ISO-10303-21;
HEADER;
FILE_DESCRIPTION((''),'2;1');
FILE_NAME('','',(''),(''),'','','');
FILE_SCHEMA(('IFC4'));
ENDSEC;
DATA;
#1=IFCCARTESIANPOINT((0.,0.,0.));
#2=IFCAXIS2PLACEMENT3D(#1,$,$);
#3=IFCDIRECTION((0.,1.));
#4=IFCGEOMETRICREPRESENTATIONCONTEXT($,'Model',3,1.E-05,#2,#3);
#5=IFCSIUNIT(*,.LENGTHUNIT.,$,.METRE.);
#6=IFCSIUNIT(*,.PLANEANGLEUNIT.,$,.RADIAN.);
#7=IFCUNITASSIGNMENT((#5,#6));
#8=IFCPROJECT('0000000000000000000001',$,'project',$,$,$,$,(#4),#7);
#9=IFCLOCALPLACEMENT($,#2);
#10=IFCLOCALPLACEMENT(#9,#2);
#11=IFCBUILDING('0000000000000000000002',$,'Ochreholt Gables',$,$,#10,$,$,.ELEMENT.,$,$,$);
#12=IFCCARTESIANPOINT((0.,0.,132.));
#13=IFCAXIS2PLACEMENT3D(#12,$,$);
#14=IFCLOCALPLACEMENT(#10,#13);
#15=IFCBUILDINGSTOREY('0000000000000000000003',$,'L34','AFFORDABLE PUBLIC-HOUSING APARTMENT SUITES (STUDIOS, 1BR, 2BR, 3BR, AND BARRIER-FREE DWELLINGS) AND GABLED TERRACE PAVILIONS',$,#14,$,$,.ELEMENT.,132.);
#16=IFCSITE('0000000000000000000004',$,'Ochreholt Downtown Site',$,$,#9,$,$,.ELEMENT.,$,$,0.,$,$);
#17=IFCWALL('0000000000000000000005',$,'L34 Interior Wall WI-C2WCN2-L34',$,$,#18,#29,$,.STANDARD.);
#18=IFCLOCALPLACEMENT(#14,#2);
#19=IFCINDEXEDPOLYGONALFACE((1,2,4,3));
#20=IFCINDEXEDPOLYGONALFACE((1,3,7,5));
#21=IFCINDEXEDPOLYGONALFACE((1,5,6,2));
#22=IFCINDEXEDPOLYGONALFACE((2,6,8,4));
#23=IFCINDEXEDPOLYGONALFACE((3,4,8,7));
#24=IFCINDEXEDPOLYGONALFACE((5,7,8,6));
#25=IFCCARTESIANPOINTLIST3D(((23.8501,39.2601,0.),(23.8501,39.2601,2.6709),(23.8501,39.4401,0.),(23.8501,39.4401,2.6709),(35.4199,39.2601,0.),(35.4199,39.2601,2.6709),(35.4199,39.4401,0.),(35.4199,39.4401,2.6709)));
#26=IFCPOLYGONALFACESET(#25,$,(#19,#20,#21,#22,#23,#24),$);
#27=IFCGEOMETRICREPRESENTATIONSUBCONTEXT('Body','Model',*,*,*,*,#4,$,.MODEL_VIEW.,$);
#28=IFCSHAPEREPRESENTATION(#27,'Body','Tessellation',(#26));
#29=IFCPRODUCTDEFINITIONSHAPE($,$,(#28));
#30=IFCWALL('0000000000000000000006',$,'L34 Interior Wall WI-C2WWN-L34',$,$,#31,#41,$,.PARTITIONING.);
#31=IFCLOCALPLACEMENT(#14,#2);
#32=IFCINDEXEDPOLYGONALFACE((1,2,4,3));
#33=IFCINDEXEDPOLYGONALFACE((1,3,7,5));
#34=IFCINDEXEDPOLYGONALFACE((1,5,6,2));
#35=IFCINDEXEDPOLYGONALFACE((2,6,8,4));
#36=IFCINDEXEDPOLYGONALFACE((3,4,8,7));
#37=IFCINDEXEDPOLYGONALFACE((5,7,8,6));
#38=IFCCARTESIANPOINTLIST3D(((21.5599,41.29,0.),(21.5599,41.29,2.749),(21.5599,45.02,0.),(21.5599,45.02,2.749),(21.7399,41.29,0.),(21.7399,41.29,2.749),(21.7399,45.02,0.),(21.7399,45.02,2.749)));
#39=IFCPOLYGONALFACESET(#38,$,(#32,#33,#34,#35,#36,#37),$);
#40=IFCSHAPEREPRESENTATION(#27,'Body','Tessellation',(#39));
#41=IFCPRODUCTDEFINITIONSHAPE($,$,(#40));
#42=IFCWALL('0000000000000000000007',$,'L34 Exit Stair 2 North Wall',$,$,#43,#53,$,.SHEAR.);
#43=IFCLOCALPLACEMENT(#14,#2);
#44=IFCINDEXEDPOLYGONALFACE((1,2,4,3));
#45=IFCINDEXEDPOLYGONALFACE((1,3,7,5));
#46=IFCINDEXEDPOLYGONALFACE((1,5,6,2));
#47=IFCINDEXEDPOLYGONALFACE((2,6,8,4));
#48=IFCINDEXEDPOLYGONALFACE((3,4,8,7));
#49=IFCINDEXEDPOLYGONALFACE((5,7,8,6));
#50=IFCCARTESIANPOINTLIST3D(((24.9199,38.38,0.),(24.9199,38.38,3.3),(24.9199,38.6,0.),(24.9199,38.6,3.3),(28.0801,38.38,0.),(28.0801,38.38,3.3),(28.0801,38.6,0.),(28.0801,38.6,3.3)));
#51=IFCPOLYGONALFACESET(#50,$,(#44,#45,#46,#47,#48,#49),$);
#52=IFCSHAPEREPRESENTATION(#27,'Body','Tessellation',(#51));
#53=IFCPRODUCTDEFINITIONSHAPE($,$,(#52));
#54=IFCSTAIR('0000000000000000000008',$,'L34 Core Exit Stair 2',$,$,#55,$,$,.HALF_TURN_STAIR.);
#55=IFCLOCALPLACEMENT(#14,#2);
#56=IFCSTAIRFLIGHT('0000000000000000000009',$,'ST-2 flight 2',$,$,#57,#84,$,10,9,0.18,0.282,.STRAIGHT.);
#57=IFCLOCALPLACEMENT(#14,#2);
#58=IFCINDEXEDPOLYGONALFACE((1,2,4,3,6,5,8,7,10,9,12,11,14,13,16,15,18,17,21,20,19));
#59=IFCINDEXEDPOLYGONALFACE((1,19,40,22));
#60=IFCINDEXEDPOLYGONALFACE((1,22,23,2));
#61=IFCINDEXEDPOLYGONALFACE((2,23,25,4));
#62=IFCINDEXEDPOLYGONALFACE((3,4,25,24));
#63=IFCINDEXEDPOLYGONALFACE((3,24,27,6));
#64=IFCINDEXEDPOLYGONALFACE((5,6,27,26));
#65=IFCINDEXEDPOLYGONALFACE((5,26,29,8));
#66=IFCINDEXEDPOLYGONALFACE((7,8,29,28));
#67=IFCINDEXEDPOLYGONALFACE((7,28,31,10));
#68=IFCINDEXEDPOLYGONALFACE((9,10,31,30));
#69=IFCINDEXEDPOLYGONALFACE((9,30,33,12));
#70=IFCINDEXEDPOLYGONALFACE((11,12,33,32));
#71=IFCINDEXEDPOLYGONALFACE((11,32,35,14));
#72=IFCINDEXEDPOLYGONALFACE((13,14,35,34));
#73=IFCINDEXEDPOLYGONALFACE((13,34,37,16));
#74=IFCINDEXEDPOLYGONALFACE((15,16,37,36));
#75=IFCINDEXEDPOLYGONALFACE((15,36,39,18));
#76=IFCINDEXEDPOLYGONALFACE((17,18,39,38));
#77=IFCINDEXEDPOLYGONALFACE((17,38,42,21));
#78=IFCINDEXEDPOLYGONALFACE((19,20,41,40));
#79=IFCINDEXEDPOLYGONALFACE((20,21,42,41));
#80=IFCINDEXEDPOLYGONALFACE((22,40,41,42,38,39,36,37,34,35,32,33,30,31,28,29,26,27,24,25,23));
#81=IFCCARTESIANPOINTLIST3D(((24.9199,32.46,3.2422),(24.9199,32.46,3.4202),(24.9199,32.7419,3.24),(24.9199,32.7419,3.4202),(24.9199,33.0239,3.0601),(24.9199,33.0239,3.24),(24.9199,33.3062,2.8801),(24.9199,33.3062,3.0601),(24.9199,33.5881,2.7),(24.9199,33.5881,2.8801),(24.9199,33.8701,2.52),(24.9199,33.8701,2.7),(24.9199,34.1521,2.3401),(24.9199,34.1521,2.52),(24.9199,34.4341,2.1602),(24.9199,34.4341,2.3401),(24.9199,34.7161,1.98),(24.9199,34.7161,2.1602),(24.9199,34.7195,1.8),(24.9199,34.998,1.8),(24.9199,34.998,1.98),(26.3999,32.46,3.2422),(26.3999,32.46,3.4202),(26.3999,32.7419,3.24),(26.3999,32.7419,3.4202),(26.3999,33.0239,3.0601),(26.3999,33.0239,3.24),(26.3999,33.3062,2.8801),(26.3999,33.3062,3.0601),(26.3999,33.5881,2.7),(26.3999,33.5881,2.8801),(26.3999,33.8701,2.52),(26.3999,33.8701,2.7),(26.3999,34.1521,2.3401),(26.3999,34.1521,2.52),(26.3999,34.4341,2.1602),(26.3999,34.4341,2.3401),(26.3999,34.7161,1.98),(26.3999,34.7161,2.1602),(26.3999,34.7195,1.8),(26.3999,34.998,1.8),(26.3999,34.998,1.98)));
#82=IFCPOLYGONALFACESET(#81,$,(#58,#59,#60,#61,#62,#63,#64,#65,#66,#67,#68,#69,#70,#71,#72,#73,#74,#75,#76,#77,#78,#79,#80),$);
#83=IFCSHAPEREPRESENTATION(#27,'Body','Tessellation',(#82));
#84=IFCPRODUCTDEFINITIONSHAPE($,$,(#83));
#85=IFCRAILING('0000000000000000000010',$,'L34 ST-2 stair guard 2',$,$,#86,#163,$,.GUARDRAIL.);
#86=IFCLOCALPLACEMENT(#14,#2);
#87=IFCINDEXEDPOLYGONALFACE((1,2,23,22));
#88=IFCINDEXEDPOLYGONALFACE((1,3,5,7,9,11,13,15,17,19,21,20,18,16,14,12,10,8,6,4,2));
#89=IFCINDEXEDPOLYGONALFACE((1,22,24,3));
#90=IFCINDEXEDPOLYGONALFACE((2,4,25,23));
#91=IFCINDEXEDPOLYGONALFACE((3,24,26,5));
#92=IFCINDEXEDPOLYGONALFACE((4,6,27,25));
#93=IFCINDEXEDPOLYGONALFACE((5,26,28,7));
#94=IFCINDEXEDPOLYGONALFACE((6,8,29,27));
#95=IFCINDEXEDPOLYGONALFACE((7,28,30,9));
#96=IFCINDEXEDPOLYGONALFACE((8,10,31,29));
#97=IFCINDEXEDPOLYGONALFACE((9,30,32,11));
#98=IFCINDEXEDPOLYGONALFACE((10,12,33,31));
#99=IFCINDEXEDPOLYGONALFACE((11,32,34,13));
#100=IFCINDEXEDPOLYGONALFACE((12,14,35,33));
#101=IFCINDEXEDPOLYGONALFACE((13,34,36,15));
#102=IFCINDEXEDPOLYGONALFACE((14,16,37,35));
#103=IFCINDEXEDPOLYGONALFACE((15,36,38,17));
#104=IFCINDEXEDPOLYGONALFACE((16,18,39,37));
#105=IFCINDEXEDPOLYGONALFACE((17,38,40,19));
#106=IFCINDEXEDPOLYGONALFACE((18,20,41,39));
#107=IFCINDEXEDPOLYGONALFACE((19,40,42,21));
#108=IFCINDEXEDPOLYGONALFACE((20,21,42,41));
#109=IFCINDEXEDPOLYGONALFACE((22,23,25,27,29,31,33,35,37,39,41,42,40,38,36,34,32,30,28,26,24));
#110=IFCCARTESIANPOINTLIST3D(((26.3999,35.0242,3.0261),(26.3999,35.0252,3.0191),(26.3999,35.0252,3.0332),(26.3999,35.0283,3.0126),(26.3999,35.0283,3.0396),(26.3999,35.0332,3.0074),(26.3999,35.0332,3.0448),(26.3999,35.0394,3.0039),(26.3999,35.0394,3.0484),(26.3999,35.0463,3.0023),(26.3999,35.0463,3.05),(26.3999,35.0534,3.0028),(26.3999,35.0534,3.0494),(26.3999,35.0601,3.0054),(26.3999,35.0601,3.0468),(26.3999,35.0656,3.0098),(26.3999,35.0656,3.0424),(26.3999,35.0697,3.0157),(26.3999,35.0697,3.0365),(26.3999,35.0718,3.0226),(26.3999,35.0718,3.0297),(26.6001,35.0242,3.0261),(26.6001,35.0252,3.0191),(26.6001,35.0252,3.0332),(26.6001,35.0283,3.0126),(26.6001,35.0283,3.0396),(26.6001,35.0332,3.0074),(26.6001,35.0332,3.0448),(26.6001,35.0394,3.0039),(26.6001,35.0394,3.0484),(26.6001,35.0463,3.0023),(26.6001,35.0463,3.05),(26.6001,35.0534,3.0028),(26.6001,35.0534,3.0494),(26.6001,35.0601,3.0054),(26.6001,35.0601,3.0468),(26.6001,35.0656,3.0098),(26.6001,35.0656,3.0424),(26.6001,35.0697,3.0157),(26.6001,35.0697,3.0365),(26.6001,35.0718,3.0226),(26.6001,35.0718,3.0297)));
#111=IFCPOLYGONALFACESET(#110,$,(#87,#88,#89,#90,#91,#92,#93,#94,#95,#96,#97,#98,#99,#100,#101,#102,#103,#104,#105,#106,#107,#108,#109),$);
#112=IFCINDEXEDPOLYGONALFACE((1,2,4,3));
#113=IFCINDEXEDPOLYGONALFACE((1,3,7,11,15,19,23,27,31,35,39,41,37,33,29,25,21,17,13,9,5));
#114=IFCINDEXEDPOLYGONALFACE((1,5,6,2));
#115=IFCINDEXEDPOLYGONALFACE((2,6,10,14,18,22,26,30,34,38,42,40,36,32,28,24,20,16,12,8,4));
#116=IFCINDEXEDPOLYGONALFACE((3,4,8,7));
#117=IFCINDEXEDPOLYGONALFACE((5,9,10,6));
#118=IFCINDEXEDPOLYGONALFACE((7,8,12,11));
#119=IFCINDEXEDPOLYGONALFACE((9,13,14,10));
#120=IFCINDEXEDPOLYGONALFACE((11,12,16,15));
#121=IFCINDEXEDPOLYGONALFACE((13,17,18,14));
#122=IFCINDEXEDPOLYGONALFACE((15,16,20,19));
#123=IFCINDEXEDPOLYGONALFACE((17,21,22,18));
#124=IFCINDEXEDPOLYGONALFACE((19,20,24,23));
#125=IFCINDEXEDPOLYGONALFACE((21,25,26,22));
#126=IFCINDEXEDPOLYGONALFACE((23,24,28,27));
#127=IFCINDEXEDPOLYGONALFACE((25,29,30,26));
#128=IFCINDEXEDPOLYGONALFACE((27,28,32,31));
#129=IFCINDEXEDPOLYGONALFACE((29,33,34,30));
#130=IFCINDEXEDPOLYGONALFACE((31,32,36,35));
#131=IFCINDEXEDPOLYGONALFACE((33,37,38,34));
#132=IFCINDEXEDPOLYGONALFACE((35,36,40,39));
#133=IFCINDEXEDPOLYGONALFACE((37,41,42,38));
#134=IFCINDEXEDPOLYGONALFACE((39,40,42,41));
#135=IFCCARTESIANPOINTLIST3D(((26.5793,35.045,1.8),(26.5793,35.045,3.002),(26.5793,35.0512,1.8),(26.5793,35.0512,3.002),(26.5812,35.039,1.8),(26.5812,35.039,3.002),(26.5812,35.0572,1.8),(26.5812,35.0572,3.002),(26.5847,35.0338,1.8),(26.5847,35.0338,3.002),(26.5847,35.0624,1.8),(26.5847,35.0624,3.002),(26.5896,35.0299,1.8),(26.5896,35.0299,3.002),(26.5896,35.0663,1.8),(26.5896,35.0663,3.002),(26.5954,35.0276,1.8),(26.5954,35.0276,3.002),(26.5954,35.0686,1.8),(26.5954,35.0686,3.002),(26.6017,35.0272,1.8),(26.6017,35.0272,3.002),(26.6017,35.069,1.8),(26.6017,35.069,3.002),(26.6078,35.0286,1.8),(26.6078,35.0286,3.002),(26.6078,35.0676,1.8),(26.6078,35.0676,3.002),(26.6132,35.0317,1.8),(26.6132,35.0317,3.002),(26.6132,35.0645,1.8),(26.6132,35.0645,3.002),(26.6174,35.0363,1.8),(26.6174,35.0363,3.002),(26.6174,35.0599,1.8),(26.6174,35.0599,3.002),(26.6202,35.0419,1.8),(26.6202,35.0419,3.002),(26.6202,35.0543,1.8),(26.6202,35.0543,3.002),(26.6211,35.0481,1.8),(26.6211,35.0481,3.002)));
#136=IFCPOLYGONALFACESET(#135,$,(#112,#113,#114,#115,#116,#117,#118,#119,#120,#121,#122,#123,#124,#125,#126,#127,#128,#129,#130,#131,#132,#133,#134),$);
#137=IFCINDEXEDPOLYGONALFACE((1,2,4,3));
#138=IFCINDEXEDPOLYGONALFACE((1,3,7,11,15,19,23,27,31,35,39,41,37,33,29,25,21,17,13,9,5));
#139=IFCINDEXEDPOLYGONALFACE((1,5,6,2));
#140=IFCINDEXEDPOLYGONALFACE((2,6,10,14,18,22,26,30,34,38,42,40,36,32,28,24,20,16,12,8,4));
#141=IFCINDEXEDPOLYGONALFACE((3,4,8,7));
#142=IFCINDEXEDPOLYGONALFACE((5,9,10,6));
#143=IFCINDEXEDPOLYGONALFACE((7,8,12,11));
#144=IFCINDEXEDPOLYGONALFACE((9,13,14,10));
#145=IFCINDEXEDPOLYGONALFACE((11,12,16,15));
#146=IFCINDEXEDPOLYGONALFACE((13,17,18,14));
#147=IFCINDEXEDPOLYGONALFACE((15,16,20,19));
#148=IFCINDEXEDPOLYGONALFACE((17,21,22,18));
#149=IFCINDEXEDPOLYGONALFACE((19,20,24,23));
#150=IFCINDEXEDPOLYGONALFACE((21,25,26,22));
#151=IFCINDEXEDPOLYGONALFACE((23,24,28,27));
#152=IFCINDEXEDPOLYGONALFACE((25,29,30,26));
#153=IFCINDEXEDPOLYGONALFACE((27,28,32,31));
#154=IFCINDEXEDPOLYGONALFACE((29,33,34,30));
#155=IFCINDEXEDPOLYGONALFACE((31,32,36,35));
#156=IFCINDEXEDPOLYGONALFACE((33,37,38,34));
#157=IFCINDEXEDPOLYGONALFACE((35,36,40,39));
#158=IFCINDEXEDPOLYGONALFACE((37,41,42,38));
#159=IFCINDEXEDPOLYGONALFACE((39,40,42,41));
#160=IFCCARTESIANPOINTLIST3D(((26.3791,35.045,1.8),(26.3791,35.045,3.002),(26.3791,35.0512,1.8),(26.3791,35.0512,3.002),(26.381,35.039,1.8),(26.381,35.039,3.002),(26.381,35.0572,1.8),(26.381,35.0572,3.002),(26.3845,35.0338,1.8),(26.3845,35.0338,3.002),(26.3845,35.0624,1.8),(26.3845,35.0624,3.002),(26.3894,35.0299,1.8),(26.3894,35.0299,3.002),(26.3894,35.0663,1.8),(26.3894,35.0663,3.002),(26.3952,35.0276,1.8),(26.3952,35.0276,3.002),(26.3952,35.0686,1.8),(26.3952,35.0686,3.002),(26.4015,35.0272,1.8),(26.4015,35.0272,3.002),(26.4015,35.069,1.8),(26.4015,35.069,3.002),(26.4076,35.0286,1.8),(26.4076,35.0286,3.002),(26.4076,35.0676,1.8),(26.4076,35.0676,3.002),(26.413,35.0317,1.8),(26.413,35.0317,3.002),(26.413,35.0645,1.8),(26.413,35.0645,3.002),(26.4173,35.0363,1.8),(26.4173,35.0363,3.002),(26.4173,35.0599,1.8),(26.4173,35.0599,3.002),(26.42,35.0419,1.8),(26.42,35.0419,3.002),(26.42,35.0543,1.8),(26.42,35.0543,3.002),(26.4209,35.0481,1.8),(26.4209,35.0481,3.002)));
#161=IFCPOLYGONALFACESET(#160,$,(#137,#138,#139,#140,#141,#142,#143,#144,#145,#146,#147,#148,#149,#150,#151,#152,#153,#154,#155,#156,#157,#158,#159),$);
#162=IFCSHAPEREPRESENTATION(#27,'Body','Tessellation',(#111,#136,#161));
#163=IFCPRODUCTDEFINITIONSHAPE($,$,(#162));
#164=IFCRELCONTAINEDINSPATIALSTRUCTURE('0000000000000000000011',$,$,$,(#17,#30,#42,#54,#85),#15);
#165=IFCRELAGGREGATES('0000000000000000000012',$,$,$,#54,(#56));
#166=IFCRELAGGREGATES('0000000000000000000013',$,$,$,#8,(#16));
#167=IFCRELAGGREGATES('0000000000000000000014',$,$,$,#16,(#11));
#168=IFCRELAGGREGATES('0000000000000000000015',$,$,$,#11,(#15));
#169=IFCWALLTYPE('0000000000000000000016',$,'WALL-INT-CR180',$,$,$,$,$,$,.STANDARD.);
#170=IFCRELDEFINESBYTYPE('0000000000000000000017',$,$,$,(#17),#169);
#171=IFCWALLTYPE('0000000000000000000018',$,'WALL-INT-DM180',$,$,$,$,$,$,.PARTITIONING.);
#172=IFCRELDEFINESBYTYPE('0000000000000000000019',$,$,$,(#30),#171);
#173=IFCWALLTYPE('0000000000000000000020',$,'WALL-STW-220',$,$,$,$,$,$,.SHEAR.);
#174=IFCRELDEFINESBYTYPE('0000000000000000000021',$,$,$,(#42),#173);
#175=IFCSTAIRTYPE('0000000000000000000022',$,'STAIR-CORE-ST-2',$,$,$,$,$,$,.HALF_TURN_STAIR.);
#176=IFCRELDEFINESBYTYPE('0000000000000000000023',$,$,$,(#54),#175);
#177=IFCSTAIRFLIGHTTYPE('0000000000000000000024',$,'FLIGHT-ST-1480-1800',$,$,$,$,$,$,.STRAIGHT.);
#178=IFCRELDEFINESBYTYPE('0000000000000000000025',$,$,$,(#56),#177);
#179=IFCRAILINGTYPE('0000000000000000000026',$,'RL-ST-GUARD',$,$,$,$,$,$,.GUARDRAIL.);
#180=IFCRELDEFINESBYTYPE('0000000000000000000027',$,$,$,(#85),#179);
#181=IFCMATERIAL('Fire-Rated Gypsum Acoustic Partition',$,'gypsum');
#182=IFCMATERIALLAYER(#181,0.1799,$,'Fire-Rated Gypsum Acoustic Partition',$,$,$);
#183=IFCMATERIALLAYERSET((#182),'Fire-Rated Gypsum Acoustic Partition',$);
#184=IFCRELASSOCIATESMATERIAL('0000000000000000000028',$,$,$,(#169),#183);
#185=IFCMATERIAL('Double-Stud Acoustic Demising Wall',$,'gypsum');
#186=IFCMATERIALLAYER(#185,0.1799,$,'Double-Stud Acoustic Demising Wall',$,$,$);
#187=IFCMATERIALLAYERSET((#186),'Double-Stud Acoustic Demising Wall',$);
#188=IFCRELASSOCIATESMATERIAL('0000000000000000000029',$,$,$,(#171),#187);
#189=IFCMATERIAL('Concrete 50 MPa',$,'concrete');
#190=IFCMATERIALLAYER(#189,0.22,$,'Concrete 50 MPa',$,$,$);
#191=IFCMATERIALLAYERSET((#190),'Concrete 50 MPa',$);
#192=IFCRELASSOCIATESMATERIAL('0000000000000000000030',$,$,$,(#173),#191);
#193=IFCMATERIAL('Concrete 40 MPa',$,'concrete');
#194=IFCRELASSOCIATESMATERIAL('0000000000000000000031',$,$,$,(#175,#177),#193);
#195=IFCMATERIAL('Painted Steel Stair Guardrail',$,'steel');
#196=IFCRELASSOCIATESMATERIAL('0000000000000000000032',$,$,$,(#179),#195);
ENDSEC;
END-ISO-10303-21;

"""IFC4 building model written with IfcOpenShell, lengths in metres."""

from ifc_helpers import new_model, si_unit, direction, frame, frame_2d, origin, origin_2d, place, context, subcontext, project, spatial, polyline, rectangle, circle, outline, extrude, material, layer, layer_set, type_object, element, aggregate, save


model = new_model("IFC4")

# Units and contexts
model_context = context("Model", 3, precision=1e-05, world=origin(), true_north=direction((0.0, 1.0)))
body_context = subcontext(model_context, "Body", "Model", "MODEL_VIEW")
ifc_project = project(units=[si_unit("LENGTHUNIT", "METRE"), si_unit("PLANEANGLEUNIT", "RADIAN")], contexts=[model_context])

# Site, building, storey
site_placement = place(None, origin())
site = spatial("IfcSite", under=ifc_project, at=site_placement, Name="Ochreholt Downtown Site", CompositionType="ELEMENT", RefElevation=0.0)
building_placement = place(site_placement, origin())
building = spatial("IfcBuilding", under=site, at=building_placement, Name="Ochreholt Gables", CompositionType="ELEMENT")
storey_placement = place(building_placement, frame((0.0, 0.0, 132.0)))
storey = spatial("IfcBuildingStorey", under=building, at=storey_placement, Name="L34", Description="AFFORDABLE PUBLIC-HOUSING APARTMENT SUITES (STUDIOS, 1BR, 2BR, 3BR, AND BARRIER-FREE DWELLINGS) AND GABLED TERRACE PAVILIONS", CompositionType="ELEMENT", Elevation=132.0)

# Shared definitions
ifc_material_1 = material(Name="Fire-Rated Gypsum Acoustic Partition", Category="gypsum")
ifc_layer_1 = layer(ifc_material_1, 0.1799, Name="Fire-Rated Gypsum Acoustic Partition")
ifc_layer_set_1 = layer_set([ifc_layer_1], Name="Fire-Rated Gypsum Acoustic Partition")
wall_type_1 = type_object("IfcWallType", Name="WALL-INT-CR180", PredefinedType="STANDARD", material=ifc_layer_set_1)

# Walls
wall_1_placement = place(storey_placement, frame((23.8501, 39.3501, 0.0), z_axis=(0.0, 0.0, 1.0), x_axis=(1.0, 0.0, 0.0)))
element("IfcWall", 1, at=wall_1_placement, inside=storey, type_object=wall_type_1, Name="L34 Interior Wall WI-C2WCN2-L34", PredefinedType="STANDARD", context=body_context, shape_type="SweptSolid", body=[
    extrude(rectangle(XDim=11.5698, YDim=0.1799, at=frame_2d((5.7849, 0.0))), origin(), (0.0, 0.0, 1.0), 2.6709),
])
ifc_material_2 = material(Name="Double-Stud Acoustic Demising Wall", Category="gypsum")
ifc_layer_2 = layer(ifc_material_2, 0.1799, Name="Double-Stud Acoustic Demising Wall")
ifc_layer_set_2 = layer_set([ifc_layer_2], Name="Double-Stud Acoustic Demising Wall")
wall_type_2 = type_object("IfcWallType", Name="WALL-INT-DM180", PredefinedType="PARTITIONING", material=ifc_layer_set_2)
wall_2_placement = place(storey_placement, frame((21.6499, 41.29, 0.0), z_axis=(0.0, 0.0, 1.0), x_axis=(0.0, 1.0, 0.0)))
element("IfcWall", 2, at=wall_2_placement, inside=storey, type_object=wall_type_2, Name="L34 Interior Wall WI-C2WWN-L34", PredefinedType="PARTITIONING", context=body_context, shape_type="SweptSolid", body=[
    extrude(rectangle(XDim=3.73, YDim=0.1799, at=frame_2d((1.865, 0.0))), origin(), (0.0, 0.0, 1.0), 2.749),
])
ifc_material_3 = material(Name="Concrete 50 MPa", Category="concrete")
ifc_layer_3 = layer(ifc_material_3, 0.22, Name="Concrete 50 MPa")
ifc_layer_set_3 = layer_set([ifc_layer_3], Name="Concrete 50 MPa")
wall_type_3 = type_object("IfcWallType", Name="WALL-STW-220", PredefinedType="SHEAR", material=ifc_layer_set_3)
wall_3_placement = place(storey_placement, frame((24.9199, 38.49, 0.0), z_axis=(0.0, 0.0, 1.0), x_axis=(1.0, 0.0, 0.0)))
element("IfcWall", 3, at=wall_3_placement, inside=storey, type_object=wall_type_3, Name="L34 Exit Stair 2 North Wall", PredefinedType="SHEAR", context=body_context, shape_type="SweptSolid", body=[
    extrude(rectangle(XDim=3.1602, YDim=0.22, at=frame_2d((1.5801, 0.0))), origin(), (0.0, 0.0, 1.0), 3.3),
])

# Stair, stair flight
ifc_material_4 = material(Name="Concrete 40 MPa", Category="concrete")
stair_type = type_object("IfcStairType", Name="STAIR-CORE-ST-2", PredefinedType="HALF_TURN_STAIR", material=ifc_material_4)
stair_placement = place(storey_placement, origin())
stair = element("IfcStair", 4, at=stair_placement, inside=storey, type_object=stair_type, Name="L34 Core Exit Stair 2", PredefinedType="HALF_TURN_STAIR")
stair_flight_type = type_object("IfcStairFlightType", Name="FLIGHT-ST-1480-1800", PredefinedType="STRAIGHT", material=ifc_material_4)
stair_flight_placement = place(storey_placement, frame((25.6599, 34.998, 1.8), z_axis=(0.0, 0.0, 1.0), x_axis=(0.0, -1.0, 0.0)))
stair_flight = element("IfcStairFlight", 5, at=stair_flight_placement, type_object=stair_flight_type, Name="ST-2 flight 2", NumberOfRisers=10, NumberOfTreads=9, PredefinedType="STRAIGHT", RiserHeight=0.18, TreadLength=0.282, context=body_context, shape_type="SweptSolid", body=[
    extrude(outline(polyline([(0.0, 0.0), (0.0, 0.1799), (0.282, 0.1799), (0.282, 0.3601), (0.564, 0.3601), (0.564, 0.54), (0.8459, 0.54), (0.8459, 0.72), (1.1279, 0.72), (1.1279, 0.8999), (1.4099, 0.8999), (1.4099, 1.0801), (1.6919, 1.0801), (1.6919, 1.26), (1.9741, 1.26), (1.9741, 1.4399), (2.2561, 1.4399), (2.2561, 1.6201), (2.5381, 1.6201), (2.5381, 1.8), (2.5381, 1.4421), (0.2786, 0.0), (0.0, 0.0)])), frame((0.0, 0.74, 0.0), z_axis=(0.0, -1.0, 0.0), x_axis=(1.0, 0.0, 0.0)), (0.0, 0.0, 1.0), 1.48),
])
aggregate(stair, [stair_flight])

# Railing
ifc_material_5 = material(Name="Painted Steel Stair Guardrail", Category="steel")
railing_type_1 = type_object("IfcRailingType", Name="RL-ST-GUARD", PredefinedType="GUARDRAIL", material=ifc_material_5)
railing_1_placement = place(storey_placement, frame((26.6001, 35.0481, 1.8)))
element("IfcRailing", 6, at=railing_1_placement, inside=storey, type_object=railing_type_1, Name="L34 ST-2 stair guard 2", PredefinedType="GUARDRAIL", context=body_context, shape_type="SweptSolid", body=[
    extrude(circle(Radius=0.0239, at=origin_2d()), frame((0.0, 0.0, 1.2261), z_axis=(-1.0, 0.0, 0.0), x_axis=(0.0, -1.0, 0.0)), (0.0, 0.0, 1.0), 0.2002),
    extrude(circle(Radius=0.021, at=origin_2d()), origin(), (0.0, 0.0, 1.0), 1.2019),
    extrude(circle(Radius=0.021, at=origin_2d()), frame((-0.2002, 0.0, 0.0)), (0.0, 0.0, 1.0), 1.2019),
])

save(model, "model.ifc")
